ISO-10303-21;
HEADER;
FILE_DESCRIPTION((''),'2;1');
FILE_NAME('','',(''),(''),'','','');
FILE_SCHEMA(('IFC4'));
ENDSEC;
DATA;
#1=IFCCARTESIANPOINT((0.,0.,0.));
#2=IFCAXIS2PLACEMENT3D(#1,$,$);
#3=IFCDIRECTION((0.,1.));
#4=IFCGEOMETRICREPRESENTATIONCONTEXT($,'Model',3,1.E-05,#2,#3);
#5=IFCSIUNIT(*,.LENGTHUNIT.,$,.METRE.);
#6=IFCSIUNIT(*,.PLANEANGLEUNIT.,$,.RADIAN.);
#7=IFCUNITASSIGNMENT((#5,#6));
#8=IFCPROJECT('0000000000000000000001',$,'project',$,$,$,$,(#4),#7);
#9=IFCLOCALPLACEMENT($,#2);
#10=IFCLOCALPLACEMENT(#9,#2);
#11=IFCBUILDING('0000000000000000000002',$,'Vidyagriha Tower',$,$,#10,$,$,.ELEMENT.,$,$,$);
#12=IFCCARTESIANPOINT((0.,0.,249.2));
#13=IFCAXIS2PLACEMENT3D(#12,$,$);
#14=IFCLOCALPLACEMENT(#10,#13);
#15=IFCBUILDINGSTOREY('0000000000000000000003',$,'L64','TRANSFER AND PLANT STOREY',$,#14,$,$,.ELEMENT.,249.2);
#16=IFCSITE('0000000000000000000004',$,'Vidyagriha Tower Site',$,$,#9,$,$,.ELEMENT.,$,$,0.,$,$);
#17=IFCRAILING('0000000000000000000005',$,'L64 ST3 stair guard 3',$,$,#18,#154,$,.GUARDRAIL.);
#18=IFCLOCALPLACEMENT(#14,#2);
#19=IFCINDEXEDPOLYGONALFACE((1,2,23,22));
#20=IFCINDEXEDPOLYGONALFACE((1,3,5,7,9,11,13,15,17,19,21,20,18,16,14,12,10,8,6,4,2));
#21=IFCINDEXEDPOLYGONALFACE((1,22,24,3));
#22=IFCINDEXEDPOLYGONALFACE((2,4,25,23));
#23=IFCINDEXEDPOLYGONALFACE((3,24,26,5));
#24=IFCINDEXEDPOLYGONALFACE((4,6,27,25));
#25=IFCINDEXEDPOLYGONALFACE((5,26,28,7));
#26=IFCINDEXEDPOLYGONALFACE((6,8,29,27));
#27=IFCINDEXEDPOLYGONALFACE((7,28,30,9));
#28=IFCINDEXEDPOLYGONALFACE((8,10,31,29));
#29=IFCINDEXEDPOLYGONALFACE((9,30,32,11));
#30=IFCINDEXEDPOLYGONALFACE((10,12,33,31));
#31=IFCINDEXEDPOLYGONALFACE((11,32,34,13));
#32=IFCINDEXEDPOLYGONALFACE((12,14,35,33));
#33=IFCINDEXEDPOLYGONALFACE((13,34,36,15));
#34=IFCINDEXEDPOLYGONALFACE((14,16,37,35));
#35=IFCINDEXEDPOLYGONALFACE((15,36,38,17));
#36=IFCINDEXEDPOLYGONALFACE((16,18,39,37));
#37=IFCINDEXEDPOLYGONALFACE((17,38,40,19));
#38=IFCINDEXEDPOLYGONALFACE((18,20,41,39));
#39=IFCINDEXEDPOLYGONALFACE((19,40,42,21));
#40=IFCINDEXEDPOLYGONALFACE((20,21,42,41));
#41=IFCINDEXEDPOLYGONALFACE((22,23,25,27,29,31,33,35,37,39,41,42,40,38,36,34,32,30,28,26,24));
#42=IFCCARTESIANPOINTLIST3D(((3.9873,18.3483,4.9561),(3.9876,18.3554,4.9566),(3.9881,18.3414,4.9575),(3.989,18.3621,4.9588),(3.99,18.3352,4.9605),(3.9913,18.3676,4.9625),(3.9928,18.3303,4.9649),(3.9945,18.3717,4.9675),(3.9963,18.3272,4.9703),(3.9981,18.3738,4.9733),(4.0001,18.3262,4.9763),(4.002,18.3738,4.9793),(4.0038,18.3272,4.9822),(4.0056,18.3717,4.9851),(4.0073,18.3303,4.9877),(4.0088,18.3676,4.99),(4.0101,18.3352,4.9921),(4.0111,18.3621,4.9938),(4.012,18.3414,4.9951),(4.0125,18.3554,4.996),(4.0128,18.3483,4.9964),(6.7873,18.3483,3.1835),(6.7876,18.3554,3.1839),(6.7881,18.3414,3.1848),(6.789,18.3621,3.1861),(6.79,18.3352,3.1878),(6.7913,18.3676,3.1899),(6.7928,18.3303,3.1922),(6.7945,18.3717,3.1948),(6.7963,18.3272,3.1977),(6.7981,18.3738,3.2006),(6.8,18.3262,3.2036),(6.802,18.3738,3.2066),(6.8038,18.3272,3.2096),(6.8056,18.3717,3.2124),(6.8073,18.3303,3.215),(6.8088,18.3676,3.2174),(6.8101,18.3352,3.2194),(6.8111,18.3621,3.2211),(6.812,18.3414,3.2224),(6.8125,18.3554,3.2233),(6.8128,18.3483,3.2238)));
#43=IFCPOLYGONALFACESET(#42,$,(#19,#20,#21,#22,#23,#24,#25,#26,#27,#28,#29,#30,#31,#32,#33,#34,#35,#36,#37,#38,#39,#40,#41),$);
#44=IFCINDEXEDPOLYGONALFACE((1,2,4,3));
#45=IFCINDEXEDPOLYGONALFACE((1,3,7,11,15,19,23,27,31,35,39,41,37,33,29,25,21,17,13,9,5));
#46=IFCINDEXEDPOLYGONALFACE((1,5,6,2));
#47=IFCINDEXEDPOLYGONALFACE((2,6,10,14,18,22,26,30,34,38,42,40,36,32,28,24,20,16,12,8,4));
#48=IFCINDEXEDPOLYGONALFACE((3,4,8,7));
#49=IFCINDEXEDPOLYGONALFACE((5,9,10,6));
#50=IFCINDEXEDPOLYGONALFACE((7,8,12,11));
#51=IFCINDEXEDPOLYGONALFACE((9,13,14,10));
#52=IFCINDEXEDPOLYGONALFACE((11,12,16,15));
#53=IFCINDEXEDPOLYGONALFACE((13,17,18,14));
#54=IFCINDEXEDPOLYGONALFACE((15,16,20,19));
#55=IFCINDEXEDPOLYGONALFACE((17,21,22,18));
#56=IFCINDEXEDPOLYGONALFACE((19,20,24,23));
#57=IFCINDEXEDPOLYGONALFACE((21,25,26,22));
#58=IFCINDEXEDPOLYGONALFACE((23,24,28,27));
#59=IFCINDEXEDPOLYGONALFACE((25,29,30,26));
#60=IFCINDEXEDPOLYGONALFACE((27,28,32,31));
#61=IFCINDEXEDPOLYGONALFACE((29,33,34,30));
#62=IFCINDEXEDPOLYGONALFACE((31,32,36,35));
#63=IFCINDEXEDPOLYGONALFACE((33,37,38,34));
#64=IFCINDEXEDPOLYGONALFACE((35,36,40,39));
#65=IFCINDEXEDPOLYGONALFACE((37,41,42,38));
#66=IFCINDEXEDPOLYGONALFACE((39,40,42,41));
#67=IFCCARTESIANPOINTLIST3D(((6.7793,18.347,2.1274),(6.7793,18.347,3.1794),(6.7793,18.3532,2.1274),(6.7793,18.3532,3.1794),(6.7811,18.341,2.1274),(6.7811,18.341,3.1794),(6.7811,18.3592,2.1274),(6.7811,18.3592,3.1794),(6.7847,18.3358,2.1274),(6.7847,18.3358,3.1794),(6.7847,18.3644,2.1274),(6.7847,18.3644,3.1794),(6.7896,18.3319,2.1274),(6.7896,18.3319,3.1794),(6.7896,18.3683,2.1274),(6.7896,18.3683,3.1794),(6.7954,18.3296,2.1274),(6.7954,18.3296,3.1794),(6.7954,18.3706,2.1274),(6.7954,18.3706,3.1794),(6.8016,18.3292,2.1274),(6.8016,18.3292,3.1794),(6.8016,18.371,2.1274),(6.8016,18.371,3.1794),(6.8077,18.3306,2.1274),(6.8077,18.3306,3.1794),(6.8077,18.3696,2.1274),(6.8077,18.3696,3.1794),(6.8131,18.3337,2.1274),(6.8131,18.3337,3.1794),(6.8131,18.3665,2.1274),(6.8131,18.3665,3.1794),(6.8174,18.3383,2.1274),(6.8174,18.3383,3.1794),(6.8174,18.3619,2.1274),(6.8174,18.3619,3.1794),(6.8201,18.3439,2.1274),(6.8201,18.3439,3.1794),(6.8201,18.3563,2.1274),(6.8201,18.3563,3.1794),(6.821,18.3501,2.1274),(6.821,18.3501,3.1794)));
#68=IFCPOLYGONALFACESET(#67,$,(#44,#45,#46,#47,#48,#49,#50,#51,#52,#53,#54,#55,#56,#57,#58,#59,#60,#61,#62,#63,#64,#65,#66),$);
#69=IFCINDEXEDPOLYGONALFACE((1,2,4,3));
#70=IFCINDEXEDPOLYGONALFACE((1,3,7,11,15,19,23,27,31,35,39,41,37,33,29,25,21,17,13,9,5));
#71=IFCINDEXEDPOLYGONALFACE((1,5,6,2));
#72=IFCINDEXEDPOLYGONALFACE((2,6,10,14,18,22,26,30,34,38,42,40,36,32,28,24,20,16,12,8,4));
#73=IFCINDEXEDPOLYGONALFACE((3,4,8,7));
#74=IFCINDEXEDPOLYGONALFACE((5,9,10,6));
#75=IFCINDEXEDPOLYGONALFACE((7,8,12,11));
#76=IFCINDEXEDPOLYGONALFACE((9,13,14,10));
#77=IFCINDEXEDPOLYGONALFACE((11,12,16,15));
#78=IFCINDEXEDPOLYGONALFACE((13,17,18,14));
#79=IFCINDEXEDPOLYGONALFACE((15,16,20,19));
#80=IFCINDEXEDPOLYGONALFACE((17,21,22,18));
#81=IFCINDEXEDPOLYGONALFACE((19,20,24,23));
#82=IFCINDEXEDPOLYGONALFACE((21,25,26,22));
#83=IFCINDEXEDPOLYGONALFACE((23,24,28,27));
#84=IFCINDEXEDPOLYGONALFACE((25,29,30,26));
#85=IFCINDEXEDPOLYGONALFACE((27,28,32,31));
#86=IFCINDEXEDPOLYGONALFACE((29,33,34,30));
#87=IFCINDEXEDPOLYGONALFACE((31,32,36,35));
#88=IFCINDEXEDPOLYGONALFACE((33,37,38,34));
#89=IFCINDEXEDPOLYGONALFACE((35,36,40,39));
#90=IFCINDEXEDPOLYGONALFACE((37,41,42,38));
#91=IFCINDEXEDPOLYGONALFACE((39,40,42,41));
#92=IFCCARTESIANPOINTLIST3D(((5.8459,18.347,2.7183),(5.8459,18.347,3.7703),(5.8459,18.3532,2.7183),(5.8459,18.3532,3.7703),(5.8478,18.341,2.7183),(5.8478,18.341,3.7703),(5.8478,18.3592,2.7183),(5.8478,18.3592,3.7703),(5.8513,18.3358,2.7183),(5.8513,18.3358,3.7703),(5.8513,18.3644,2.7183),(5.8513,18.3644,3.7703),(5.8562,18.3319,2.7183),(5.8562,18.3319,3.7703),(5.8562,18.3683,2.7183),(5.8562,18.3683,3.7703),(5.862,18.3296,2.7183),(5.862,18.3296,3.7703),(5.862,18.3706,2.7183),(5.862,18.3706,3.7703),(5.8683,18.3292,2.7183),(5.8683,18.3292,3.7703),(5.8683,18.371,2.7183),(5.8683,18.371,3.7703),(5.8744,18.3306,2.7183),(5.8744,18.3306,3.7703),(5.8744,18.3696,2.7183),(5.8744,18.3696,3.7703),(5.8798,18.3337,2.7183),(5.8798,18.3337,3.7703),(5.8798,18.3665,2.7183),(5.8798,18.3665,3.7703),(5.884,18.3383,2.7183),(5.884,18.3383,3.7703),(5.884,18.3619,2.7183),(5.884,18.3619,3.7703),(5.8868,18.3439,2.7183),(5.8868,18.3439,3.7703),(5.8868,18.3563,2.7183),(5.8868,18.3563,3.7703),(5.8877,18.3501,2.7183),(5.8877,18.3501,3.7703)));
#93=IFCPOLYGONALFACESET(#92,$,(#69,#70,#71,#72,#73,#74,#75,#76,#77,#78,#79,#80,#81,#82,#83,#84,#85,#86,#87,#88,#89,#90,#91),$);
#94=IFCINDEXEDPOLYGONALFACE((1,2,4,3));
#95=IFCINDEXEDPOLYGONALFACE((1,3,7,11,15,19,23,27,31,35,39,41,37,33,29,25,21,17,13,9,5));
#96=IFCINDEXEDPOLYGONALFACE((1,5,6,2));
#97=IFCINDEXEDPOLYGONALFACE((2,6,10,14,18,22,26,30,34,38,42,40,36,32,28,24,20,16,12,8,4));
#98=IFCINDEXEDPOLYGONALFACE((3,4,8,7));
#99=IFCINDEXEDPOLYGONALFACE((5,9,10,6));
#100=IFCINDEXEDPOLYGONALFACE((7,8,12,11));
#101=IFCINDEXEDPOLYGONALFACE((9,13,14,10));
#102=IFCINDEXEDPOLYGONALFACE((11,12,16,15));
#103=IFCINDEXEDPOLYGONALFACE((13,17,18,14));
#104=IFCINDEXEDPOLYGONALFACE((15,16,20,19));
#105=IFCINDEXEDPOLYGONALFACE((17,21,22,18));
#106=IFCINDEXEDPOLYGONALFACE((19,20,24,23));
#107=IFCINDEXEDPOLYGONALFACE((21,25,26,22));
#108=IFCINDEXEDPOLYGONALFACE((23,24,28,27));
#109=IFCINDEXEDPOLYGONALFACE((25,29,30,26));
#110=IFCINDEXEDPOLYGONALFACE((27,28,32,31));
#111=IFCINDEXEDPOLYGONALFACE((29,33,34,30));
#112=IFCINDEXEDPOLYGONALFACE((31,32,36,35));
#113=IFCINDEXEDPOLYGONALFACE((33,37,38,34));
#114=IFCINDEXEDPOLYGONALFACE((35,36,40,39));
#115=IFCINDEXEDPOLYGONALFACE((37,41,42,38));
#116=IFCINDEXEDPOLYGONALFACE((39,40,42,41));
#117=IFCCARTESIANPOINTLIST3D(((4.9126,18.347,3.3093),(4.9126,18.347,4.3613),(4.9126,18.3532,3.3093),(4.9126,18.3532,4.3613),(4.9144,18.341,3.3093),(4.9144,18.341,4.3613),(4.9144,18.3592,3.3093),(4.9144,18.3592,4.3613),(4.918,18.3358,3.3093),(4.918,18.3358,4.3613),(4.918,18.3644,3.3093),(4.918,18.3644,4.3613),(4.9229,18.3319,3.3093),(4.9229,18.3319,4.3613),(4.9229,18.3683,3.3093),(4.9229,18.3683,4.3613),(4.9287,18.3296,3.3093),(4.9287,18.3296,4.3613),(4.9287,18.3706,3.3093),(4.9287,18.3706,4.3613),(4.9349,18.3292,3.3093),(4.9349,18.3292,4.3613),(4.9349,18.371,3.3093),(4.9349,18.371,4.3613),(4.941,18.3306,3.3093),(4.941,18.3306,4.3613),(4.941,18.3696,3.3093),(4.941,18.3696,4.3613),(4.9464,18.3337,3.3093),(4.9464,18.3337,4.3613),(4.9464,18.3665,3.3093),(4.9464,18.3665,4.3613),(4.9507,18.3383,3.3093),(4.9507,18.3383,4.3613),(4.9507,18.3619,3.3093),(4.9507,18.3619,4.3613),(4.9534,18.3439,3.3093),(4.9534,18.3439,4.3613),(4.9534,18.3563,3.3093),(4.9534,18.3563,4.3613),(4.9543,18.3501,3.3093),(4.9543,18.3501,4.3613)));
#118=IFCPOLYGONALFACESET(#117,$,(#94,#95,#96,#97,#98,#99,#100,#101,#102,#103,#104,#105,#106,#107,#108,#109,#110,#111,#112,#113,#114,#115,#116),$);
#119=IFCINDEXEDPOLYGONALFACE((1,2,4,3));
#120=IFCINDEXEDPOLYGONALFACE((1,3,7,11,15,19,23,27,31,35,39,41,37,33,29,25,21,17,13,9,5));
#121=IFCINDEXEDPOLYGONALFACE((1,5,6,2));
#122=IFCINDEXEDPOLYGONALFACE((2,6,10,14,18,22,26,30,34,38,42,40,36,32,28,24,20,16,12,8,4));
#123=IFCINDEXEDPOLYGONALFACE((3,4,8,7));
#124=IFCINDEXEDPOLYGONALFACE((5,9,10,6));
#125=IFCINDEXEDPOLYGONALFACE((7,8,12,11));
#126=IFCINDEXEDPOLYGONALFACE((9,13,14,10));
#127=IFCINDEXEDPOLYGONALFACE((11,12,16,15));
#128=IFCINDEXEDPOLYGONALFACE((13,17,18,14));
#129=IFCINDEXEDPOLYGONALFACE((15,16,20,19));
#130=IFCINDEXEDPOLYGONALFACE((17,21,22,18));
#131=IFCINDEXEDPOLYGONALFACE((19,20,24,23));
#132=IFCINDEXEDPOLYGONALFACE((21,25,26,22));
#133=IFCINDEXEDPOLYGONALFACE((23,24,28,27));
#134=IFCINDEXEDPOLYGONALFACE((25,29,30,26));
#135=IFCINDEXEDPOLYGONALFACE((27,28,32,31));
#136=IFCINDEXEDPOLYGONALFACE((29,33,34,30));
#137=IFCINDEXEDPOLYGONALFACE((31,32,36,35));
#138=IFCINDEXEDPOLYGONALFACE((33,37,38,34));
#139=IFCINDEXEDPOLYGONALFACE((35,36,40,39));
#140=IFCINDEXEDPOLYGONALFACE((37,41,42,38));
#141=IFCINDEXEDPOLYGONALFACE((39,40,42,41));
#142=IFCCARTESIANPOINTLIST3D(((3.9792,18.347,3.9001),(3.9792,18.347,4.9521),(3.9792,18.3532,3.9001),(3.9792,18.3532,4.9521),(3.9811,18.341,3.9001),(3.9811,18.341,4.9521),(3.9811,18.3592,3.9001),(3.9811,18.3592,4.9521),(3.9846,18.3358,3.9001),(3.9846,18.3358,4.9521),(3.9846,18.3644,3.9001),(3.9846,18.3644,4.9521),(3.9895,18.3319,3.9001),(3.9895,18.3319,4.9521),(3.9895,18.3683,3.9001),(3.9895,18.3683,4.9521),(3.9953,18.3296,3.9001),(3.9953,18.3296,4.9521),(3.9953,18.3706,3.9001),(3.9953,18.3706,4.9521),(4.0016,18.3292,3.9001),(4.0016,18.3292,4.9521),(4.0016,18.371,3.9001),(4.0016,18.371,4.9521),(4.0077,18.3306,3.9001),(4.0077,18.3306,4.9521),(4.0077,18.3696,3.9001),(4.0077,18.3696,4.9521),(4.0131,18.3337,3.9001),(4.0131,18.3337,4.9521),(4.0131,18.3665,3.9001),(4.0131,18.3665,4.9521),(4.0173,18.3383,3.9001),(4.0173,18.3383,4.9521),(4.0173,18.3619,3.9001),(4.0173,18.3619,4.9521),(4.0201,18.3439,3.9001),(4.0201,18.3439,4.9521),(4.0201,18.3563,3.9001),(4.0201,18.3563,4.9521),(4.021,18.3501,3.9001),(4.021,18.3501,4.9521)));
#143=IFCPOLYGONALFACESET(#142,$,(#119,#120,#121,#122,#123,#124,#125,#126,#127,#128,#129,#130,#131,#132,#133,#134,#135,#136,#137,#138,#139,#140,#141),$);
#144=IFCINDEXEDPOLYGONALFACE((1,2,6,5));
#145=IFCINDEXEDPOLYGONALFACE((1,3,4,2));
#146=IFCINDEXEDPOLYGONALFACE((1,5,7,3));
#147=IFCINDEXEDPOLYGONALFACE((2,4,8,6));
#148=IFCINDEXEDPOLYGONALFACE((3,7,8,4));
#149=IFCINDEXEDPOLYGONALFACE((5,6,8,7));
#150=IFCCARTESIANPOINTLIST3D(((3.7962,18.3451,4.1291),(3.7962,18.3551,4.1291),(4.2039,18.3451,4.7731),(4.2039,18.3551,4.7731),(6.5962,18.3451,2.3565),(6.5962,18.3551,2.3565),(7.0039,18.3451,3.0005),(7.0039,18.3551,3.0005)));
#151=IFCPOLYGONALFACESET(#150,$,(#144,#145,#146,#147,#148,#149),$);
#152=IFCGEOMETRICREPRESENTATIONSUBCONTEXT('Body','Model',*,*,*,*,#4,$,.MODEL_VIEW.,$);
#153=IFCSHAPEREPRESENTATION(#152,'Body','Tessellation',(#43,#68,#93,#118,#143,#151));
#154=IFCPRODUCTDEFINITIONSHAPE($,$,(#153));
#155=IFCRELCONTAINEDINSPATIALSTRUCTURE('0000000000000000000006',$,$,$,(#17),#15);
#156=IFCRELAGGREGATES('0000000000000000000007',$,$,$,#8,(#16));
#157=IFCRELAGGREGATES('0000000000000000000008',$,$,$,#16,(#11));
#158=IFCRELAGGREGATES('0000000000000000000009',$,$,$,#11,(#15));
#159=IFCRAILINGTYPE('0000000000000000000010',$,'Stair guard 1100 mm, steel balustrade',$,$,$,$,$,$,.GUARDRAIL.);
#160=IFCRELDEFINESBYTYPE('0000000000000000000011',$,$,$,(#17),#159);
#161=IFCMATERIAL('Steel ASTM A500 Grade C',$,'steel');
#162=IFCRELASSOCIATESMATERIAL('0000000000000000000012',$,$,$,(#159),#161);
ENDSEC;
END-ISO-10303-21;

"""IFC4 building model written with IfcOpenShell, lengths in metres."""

from ifc_helpers import new_model, si_unit, direction, frame, origin, origin_2d, place, context, subcontext, project, spatial, rectangle, circle, extrude, material, type_object, element, save


model = new_model("IFC4")

# Units and contexts
model_context = context("Model", 3, precision=1e-05, world=origin(), true_north=direction((0.0, 1.0)))
body_context = subcontext(model_context, "Body", "Model", "MODEL_VIEW")
ifc_project = project(units=[si_unit("LENGTHUNIT", "METRE"), si_unit("PLANEANGLEUNIT", "RADIAN")], contexts=[model_context])

# Site, building, storey
site_placement = place(None, origin())
site = spatial("IfcSite", under=ifc_project, at=site_placement, Name="Vidyagriha Tower Site", CompositionType="ELEMENT", RefElevation=0.0)
building_placement = place(site_placement, origin())
building = spatial("IfcBuilding", under=site, at=building_placement, Name="Vidyagriha Tower", CompositionType="ELEMENT")
storey_placement = place(building_placement, frame((0.0, 0.0, 249.2)))
storey = spatial("IfcBuildingStorey", under=building, at=storey_placement, Name="L64", Description="TRANSFER AND PLANT STOREY", CompositionType="ELEMENT", Elevation=249.2)

# Railing
ifc_material_1 = material(Name="Steel ASTM A500 Grade C", Category="steel")
railing_type_1 = type_object("IfcRailingType", Name="Stair guard 1100 mm, steel balustrade", PredefinedType="GUARDRAIL", material=ifc_material_1)
railing_1_placement = place(storey_placement, frame((6.8, 18.3501, 2.1274)))
element("IfcRailing", 1, at=railing_1_placement, inside=storey, type_object=railing_type_1, Name="L64 ST3 stair guard 3", PredefinedType="GUARDRAIL", context=body_context, shape_type="SweptSolid", body=[
    extrude(circle(Radius=0.0239, at=origin_2d()), frame((0.0, 0.0, 1.0762), z_axis=(-0.844909, 0.0, 0.53491), x_axis=(0.0, -1.0, 0.0)), (0.0, 0.0, 1.0), 3.314),
    extrude(circle(Radius=0.021, at=origin_2d()), origin(), (0.0, 0.0, 1.0), 1.052),
    extrude(circle(Radius=0.021, at=origin_2d()), frame((-0.9333, 0.0, 0.5908)), (0.0, 0.0, 1.0), 1.052),
    extrude(circle(Radius=0.021, at=origin_2d()), frame((-1.8667, 0.0, 1.1819)), (0.0, 0.0, 1.0), 1.052),
    extrude(circle(Radius=0.021, at=origin_2d()), frame((-2.8, 0.0, 1.7727)), (0.0, 0.0, 1.0), 1.052),
    extrude(rectangle(XDim=0.01, YDim=0.7622, at=origin_2d()), frame((0.0, 0.0, 0.551), z_axis=(-0.844909, 0.0, 0.53491), x_axis=(0.0, -1.0, 0.0)), (0.0, 0.0, 1.0), 3.314),
])

save(model, "model.ifc")
